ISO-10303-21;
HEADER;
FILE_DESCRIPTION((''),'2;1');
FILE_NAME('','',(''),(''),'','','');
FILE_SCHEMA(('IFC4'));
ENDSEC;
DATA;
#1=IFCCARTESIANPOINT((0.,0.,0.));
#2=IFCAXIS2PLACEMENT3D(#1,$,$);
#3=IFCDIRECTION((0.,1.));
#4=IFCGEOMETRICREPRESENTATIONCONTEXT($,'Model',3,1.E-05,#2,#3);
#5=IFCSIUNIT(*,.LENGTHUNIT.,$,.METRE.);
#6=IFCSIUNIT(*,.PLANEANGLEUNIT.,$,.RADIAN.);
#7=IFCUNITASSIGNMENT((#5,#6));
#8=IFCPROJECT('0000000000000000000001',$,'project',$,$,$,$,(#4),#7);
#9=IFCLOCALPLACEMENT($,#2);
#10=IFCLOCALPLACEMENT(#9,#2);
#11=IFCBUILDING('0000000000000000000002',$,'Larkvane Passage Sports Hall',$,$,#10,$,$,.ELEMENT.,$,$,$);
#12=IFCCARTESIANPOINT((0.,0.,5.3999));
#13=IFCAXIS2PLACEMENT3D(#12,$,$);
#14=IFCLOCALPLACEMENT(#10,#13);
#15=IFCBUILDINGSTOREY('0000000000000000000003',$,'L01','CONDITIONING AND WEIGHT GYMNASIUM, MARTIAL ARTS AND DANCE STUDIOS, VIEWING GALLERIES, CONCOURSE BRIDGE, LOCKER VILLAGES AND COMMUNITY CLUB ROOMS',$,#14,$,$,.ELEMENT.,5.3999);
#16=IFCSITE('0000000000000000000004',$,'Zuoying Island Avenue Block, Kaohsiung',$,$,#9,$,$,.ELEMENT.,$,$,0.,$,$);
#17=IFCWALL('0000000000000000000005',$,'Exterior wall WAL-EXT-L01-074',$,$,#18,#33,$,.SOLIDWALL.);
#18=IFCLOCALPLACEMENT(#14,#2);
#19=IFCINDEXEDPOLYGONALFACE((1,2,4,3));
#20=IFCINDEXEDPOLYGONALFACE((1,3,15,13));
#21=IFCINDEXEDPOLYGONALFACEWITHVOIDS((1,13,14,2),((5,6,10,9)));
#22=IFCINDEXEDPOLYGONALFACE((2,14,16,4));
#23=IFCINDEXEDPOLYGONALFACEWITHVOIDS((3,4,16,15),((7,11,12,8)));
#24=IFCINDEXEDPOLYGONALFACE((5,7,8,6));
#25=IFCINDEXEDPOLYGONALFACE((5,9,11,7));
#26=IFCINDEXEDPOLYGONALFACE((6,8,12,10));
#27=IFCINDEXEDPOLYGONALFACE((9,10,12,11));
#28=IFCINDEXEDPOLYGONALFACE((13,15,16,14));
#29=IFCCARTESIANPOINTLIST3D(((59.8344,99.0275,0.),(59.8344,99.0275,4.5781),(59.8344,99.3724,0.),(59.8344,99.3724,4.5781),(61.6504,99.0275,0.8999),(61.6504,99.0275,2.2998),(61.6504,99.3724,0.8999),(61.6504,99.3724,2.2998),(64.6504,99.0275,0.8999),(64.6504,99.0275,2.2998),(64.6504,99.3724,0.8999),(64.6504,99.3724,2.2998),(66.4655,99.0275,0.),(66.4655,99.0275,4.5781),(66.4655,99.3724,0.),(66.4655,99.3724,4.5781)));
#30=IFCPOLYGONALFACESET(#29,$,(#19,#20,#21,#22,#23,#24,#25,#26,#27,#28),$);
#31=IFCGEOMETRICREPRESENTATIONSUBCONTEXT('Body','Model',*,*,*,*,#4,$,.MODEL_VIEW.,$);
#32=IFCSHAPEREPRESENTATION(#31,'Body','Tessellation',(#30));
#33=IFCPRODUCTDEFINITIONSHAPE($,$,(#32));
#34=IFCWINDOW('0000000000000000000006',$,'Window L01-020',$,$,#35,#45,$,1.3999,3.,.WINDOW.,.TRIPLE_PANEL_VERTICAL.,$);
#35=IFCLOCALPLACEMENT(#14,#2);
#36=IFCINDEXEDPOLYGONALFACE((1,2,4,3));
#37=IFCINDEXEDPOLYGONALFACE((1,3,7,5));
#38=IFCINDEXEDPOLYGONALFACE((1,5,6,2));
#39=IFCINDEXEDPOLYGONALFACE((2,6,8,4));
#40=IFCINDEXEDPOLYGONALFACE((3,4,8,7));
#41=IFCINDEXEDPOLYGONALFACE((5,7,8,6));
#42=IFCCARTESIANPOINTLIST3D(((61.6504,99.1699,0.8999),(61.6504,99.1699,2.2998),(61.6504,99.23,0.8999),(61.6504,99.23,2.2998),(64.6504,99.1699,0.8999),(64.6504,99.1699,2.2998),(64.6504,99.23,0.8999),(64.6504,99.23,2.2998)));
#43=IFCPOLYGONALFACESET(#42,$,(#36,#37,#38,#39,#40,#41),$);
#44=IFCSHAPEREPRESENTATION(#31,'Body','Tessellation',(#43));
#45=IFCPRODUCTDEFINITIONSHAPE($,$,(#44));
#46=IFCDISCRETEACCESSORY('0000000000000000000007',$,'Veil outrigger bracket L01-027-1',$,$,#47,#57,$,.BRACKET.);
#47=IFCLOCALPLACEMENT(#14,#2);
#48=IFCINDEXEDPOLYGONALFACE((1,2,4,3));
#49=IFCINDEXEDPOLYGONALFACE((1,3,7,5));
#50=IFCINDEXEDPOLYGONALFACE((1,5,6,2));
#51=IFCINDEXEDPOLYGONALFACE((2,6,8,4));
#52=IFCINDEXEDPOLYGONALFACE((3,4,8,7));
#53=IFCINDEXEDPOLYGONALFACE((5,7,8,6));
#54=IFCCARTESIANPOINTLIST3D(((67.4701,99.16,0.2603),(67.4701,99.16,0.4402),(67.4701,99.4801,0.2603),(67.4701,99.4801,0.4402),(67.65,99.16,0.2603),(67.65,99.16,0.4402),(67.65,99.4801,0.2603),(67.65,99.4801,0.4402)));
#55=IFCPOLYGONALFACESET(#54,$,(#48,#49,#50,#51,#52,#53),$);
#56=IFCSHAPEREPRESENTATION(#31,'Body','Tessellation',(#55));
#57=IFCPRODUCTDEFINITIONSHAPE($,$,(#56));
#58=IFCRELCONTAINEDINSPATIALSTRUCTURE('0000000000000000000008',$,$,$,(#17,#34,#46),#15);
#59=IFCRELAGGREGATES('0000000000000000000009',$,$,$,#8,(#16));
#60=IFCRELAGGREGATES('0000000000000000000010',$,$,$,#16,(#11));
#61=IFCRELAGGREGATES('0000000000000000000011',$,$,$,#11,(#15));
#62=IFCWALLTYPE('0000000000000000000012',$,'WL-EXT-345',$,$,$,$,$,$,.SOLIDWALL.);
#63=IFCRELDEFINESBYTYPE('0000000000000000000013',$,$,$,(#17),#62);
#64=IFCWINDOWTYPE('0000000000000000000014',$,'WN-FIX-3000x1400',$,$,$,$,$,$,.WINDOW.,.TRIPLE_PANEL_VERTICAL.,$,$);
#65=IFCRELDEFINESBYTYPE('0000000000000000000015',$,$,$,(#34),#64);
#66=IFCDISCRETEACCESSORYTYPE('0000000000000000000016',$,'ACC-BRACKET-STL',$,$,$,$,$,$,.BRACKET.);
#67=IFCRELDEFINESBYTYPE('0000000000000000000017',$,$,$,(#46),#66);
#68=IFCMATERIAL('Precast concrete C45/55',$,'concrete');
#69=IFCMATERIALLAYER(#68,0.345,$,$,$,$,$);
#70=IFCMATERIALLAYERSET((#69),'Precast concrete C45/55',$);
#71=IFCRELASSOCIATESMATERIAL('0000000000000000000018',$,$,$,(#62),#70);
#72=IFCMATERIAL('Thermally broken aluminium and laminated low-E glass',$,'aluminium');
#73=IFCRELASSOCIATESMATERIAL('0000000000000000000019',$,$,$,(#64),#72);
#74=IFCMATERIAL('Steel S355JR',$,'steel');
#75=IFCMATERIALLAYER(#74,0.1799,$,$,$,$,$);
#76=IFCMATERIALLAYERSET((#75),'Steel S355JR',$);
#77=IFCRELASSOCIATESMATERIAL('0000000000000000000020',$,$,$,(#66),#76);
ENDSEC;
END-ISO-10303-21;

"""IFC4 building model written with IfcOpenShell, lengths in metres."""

from ifc_helpers import new_model, si_unit, direction, frame, frame_2d, origin, origin_2d, place, context, subcontext, project, spatial, rectangle, extrude, material, layer, layer_set, type_object, element, fill, save


model = new_model("IFC4")

# Units and contexts
model_context = context("Model", 3, precision=1e-05, world=origin(), true_north=direction((0.0, 1.0)))
body_context = subcontext(model_context, "Body", "Model", "MODEL_VIEW")
ifc_project = project(units=[si_unit("LENGTHUNIT", "METRE"), si_unit("PLANEANGLEUNIT", "RADIAN")], contexts=[model_context])

# Site, building, storey
site_placement = place(None, origin())
site = spatial("IfcSite", under=ifc_project, at=site_placement, Name="Zuoying Island Avenue Block, Kaohsiung", CompositionType="ELEMENT", RefElevation=0.0)
building_placement = place(site_placement, origin())
building = spatial("IfcBuilding", under=site, at=building_placement, Name="Larkvane Passage Sports Hall", CompositionType="ELEMENT")
storey_placement = place(building_placement, frame((0.0, 0.0, 5.3999)))
storey = spatial("IfcBuildingStorey", under=building, at=storey_placement, Name="L01", Description="CONDITIONING AND WEIGHT GYMNASIUM, MARTIAL ARTS AND DANCE STUDIOS, VIEWING GALLERIES, CONCOURSE BRIDGE, LOCKER VILLAGES AND COMMUNITY CLUB ROOMS", CompositionType="ELEMENT", Elevation=5.3999)

# Wall, opening, window
ifc_material_1 = material(Name="Precast concrete C45/55", Category="concrete")
ifc_layer_1 = layer(ifc_material_1, 0.345)
ifc_layer_set_1 = layer_set([ifc_layer_1], Name="Precast concrete C45/55")
wall_type = type_object("IfcWallType", Name="WL-EXT-345", PredefinedType="SOLIDWALL", material=ifc_layer_set_1)
wall_placement = place(storey_placement, frame((59.8345, 99.2, 0.0), z_axis=(0.0, 0.0, 1.0), x_axis=(1.0, 0.0, 0.0)))
wall = element("IfcWall", 1, at=wall_placement, inside=storey, type_object=wall_type, Name="Exterior wall WAL-EXT-L01-074", PredefinedType="SOLIDWALL", context=body_context, shape_type="SweptSolid", body=[
    extrude(rectangle(XDim=6.6311, YDim=0.345, at=frame_2d((3.3154, 0.0))), origin(), (0.0, 0.0, 1.0), 4.5781),
])
opening_placement = place(wall_placement, frame((1.8159, 0.0, 0.8999)))
opening = element("IfcOpeningElement", 2, at=opening_placement, cuts=wall, PredefinedType="OPENING", context=body_context, shape_type="SweptSolid", body=[
    extrude(rectangle(XDim=3.0, YDim=1.3999, at=frame_2d((1.5, 0.7))), frame((0.0, 0.1824, 0.0), z_axis=(0.0, -1.0, 0.0), x_axis=(1.0, 0.0, 0.0)), (0.0, 0.0, 1.0), 0.365),
])
ifc_material_2 = material(Name="Thermally broken aluminium and laminated low-E glass", Category="aluminium")
window_type = type_object("IfcWindowType", Name="WN-FIX-3000x1400", PartitioningType="TRIPLE_PANEL_VERTICAL", PredefinedType="WINDOW", material=ifc_material_2)
window_placement = place(opening_placement, origin())
window = element("IfcWindow", 3, at=window_placement, inside=storey, type_object=window_type, Name="Window L01-020", OverallHeight=1.3999, OverallWidth=3.0, PartitioningType="TRIPLE_PANEL_VERTICAL", PredefinedType="WINDOW", context=body_context, shape_type="SweptSolid", body=[
    extrude(rectangle(XDim=3.0, YDim=1.3999, at=frame_2d((1.5, 0.7))), frame((0.0, 0.03, 0.0), z_axis=(0.0, -1.0, 0.0), x_axis=(1.0, 0.0, 0.0)), (0.0, 0.0, 1.0), 0.0601),
])
fill(opening, window)

# Discrete accessory
ifc_material_3 = material(Name="Steel S355JR", Category="steel")
ifc_layer_2 = layer(ifc_material_3, 0.1799)
ifc_layer_set_2 = layer_set([ifc_layer_2], Name="Steel S355JR")
discrete_accessory_type = type_object("IfcDiscreteAccessoryType", Name="ACC-BRACKET-STL", PredefinedType="BRACKET", material=ifc_layer_set_2)
discrete_accessory_placement = place(storey_placement, frame((67.5601, 99.3201, 0.2603), z_axis=(0.0, 0.0, 1.0), x_axis=(1.0, 0.0, 0.0)))
element("IfcDiscreteAccessory", 4, at=discrete_accessory_placement, inside=storey, type_object=discrete_accessory_type, Name="Veil outrigger bracket L01-027-1", PredefinedType="BRACKET", context=body_context, shape_type="SweptSolid", body=[
    extrude(rectangle(XDim=0.1799, YDim=0.3201, at=origin_2d()), origin(), (0.0, 0.0, 1.0), 0.1799),
])

save(model, "model.ifc")
